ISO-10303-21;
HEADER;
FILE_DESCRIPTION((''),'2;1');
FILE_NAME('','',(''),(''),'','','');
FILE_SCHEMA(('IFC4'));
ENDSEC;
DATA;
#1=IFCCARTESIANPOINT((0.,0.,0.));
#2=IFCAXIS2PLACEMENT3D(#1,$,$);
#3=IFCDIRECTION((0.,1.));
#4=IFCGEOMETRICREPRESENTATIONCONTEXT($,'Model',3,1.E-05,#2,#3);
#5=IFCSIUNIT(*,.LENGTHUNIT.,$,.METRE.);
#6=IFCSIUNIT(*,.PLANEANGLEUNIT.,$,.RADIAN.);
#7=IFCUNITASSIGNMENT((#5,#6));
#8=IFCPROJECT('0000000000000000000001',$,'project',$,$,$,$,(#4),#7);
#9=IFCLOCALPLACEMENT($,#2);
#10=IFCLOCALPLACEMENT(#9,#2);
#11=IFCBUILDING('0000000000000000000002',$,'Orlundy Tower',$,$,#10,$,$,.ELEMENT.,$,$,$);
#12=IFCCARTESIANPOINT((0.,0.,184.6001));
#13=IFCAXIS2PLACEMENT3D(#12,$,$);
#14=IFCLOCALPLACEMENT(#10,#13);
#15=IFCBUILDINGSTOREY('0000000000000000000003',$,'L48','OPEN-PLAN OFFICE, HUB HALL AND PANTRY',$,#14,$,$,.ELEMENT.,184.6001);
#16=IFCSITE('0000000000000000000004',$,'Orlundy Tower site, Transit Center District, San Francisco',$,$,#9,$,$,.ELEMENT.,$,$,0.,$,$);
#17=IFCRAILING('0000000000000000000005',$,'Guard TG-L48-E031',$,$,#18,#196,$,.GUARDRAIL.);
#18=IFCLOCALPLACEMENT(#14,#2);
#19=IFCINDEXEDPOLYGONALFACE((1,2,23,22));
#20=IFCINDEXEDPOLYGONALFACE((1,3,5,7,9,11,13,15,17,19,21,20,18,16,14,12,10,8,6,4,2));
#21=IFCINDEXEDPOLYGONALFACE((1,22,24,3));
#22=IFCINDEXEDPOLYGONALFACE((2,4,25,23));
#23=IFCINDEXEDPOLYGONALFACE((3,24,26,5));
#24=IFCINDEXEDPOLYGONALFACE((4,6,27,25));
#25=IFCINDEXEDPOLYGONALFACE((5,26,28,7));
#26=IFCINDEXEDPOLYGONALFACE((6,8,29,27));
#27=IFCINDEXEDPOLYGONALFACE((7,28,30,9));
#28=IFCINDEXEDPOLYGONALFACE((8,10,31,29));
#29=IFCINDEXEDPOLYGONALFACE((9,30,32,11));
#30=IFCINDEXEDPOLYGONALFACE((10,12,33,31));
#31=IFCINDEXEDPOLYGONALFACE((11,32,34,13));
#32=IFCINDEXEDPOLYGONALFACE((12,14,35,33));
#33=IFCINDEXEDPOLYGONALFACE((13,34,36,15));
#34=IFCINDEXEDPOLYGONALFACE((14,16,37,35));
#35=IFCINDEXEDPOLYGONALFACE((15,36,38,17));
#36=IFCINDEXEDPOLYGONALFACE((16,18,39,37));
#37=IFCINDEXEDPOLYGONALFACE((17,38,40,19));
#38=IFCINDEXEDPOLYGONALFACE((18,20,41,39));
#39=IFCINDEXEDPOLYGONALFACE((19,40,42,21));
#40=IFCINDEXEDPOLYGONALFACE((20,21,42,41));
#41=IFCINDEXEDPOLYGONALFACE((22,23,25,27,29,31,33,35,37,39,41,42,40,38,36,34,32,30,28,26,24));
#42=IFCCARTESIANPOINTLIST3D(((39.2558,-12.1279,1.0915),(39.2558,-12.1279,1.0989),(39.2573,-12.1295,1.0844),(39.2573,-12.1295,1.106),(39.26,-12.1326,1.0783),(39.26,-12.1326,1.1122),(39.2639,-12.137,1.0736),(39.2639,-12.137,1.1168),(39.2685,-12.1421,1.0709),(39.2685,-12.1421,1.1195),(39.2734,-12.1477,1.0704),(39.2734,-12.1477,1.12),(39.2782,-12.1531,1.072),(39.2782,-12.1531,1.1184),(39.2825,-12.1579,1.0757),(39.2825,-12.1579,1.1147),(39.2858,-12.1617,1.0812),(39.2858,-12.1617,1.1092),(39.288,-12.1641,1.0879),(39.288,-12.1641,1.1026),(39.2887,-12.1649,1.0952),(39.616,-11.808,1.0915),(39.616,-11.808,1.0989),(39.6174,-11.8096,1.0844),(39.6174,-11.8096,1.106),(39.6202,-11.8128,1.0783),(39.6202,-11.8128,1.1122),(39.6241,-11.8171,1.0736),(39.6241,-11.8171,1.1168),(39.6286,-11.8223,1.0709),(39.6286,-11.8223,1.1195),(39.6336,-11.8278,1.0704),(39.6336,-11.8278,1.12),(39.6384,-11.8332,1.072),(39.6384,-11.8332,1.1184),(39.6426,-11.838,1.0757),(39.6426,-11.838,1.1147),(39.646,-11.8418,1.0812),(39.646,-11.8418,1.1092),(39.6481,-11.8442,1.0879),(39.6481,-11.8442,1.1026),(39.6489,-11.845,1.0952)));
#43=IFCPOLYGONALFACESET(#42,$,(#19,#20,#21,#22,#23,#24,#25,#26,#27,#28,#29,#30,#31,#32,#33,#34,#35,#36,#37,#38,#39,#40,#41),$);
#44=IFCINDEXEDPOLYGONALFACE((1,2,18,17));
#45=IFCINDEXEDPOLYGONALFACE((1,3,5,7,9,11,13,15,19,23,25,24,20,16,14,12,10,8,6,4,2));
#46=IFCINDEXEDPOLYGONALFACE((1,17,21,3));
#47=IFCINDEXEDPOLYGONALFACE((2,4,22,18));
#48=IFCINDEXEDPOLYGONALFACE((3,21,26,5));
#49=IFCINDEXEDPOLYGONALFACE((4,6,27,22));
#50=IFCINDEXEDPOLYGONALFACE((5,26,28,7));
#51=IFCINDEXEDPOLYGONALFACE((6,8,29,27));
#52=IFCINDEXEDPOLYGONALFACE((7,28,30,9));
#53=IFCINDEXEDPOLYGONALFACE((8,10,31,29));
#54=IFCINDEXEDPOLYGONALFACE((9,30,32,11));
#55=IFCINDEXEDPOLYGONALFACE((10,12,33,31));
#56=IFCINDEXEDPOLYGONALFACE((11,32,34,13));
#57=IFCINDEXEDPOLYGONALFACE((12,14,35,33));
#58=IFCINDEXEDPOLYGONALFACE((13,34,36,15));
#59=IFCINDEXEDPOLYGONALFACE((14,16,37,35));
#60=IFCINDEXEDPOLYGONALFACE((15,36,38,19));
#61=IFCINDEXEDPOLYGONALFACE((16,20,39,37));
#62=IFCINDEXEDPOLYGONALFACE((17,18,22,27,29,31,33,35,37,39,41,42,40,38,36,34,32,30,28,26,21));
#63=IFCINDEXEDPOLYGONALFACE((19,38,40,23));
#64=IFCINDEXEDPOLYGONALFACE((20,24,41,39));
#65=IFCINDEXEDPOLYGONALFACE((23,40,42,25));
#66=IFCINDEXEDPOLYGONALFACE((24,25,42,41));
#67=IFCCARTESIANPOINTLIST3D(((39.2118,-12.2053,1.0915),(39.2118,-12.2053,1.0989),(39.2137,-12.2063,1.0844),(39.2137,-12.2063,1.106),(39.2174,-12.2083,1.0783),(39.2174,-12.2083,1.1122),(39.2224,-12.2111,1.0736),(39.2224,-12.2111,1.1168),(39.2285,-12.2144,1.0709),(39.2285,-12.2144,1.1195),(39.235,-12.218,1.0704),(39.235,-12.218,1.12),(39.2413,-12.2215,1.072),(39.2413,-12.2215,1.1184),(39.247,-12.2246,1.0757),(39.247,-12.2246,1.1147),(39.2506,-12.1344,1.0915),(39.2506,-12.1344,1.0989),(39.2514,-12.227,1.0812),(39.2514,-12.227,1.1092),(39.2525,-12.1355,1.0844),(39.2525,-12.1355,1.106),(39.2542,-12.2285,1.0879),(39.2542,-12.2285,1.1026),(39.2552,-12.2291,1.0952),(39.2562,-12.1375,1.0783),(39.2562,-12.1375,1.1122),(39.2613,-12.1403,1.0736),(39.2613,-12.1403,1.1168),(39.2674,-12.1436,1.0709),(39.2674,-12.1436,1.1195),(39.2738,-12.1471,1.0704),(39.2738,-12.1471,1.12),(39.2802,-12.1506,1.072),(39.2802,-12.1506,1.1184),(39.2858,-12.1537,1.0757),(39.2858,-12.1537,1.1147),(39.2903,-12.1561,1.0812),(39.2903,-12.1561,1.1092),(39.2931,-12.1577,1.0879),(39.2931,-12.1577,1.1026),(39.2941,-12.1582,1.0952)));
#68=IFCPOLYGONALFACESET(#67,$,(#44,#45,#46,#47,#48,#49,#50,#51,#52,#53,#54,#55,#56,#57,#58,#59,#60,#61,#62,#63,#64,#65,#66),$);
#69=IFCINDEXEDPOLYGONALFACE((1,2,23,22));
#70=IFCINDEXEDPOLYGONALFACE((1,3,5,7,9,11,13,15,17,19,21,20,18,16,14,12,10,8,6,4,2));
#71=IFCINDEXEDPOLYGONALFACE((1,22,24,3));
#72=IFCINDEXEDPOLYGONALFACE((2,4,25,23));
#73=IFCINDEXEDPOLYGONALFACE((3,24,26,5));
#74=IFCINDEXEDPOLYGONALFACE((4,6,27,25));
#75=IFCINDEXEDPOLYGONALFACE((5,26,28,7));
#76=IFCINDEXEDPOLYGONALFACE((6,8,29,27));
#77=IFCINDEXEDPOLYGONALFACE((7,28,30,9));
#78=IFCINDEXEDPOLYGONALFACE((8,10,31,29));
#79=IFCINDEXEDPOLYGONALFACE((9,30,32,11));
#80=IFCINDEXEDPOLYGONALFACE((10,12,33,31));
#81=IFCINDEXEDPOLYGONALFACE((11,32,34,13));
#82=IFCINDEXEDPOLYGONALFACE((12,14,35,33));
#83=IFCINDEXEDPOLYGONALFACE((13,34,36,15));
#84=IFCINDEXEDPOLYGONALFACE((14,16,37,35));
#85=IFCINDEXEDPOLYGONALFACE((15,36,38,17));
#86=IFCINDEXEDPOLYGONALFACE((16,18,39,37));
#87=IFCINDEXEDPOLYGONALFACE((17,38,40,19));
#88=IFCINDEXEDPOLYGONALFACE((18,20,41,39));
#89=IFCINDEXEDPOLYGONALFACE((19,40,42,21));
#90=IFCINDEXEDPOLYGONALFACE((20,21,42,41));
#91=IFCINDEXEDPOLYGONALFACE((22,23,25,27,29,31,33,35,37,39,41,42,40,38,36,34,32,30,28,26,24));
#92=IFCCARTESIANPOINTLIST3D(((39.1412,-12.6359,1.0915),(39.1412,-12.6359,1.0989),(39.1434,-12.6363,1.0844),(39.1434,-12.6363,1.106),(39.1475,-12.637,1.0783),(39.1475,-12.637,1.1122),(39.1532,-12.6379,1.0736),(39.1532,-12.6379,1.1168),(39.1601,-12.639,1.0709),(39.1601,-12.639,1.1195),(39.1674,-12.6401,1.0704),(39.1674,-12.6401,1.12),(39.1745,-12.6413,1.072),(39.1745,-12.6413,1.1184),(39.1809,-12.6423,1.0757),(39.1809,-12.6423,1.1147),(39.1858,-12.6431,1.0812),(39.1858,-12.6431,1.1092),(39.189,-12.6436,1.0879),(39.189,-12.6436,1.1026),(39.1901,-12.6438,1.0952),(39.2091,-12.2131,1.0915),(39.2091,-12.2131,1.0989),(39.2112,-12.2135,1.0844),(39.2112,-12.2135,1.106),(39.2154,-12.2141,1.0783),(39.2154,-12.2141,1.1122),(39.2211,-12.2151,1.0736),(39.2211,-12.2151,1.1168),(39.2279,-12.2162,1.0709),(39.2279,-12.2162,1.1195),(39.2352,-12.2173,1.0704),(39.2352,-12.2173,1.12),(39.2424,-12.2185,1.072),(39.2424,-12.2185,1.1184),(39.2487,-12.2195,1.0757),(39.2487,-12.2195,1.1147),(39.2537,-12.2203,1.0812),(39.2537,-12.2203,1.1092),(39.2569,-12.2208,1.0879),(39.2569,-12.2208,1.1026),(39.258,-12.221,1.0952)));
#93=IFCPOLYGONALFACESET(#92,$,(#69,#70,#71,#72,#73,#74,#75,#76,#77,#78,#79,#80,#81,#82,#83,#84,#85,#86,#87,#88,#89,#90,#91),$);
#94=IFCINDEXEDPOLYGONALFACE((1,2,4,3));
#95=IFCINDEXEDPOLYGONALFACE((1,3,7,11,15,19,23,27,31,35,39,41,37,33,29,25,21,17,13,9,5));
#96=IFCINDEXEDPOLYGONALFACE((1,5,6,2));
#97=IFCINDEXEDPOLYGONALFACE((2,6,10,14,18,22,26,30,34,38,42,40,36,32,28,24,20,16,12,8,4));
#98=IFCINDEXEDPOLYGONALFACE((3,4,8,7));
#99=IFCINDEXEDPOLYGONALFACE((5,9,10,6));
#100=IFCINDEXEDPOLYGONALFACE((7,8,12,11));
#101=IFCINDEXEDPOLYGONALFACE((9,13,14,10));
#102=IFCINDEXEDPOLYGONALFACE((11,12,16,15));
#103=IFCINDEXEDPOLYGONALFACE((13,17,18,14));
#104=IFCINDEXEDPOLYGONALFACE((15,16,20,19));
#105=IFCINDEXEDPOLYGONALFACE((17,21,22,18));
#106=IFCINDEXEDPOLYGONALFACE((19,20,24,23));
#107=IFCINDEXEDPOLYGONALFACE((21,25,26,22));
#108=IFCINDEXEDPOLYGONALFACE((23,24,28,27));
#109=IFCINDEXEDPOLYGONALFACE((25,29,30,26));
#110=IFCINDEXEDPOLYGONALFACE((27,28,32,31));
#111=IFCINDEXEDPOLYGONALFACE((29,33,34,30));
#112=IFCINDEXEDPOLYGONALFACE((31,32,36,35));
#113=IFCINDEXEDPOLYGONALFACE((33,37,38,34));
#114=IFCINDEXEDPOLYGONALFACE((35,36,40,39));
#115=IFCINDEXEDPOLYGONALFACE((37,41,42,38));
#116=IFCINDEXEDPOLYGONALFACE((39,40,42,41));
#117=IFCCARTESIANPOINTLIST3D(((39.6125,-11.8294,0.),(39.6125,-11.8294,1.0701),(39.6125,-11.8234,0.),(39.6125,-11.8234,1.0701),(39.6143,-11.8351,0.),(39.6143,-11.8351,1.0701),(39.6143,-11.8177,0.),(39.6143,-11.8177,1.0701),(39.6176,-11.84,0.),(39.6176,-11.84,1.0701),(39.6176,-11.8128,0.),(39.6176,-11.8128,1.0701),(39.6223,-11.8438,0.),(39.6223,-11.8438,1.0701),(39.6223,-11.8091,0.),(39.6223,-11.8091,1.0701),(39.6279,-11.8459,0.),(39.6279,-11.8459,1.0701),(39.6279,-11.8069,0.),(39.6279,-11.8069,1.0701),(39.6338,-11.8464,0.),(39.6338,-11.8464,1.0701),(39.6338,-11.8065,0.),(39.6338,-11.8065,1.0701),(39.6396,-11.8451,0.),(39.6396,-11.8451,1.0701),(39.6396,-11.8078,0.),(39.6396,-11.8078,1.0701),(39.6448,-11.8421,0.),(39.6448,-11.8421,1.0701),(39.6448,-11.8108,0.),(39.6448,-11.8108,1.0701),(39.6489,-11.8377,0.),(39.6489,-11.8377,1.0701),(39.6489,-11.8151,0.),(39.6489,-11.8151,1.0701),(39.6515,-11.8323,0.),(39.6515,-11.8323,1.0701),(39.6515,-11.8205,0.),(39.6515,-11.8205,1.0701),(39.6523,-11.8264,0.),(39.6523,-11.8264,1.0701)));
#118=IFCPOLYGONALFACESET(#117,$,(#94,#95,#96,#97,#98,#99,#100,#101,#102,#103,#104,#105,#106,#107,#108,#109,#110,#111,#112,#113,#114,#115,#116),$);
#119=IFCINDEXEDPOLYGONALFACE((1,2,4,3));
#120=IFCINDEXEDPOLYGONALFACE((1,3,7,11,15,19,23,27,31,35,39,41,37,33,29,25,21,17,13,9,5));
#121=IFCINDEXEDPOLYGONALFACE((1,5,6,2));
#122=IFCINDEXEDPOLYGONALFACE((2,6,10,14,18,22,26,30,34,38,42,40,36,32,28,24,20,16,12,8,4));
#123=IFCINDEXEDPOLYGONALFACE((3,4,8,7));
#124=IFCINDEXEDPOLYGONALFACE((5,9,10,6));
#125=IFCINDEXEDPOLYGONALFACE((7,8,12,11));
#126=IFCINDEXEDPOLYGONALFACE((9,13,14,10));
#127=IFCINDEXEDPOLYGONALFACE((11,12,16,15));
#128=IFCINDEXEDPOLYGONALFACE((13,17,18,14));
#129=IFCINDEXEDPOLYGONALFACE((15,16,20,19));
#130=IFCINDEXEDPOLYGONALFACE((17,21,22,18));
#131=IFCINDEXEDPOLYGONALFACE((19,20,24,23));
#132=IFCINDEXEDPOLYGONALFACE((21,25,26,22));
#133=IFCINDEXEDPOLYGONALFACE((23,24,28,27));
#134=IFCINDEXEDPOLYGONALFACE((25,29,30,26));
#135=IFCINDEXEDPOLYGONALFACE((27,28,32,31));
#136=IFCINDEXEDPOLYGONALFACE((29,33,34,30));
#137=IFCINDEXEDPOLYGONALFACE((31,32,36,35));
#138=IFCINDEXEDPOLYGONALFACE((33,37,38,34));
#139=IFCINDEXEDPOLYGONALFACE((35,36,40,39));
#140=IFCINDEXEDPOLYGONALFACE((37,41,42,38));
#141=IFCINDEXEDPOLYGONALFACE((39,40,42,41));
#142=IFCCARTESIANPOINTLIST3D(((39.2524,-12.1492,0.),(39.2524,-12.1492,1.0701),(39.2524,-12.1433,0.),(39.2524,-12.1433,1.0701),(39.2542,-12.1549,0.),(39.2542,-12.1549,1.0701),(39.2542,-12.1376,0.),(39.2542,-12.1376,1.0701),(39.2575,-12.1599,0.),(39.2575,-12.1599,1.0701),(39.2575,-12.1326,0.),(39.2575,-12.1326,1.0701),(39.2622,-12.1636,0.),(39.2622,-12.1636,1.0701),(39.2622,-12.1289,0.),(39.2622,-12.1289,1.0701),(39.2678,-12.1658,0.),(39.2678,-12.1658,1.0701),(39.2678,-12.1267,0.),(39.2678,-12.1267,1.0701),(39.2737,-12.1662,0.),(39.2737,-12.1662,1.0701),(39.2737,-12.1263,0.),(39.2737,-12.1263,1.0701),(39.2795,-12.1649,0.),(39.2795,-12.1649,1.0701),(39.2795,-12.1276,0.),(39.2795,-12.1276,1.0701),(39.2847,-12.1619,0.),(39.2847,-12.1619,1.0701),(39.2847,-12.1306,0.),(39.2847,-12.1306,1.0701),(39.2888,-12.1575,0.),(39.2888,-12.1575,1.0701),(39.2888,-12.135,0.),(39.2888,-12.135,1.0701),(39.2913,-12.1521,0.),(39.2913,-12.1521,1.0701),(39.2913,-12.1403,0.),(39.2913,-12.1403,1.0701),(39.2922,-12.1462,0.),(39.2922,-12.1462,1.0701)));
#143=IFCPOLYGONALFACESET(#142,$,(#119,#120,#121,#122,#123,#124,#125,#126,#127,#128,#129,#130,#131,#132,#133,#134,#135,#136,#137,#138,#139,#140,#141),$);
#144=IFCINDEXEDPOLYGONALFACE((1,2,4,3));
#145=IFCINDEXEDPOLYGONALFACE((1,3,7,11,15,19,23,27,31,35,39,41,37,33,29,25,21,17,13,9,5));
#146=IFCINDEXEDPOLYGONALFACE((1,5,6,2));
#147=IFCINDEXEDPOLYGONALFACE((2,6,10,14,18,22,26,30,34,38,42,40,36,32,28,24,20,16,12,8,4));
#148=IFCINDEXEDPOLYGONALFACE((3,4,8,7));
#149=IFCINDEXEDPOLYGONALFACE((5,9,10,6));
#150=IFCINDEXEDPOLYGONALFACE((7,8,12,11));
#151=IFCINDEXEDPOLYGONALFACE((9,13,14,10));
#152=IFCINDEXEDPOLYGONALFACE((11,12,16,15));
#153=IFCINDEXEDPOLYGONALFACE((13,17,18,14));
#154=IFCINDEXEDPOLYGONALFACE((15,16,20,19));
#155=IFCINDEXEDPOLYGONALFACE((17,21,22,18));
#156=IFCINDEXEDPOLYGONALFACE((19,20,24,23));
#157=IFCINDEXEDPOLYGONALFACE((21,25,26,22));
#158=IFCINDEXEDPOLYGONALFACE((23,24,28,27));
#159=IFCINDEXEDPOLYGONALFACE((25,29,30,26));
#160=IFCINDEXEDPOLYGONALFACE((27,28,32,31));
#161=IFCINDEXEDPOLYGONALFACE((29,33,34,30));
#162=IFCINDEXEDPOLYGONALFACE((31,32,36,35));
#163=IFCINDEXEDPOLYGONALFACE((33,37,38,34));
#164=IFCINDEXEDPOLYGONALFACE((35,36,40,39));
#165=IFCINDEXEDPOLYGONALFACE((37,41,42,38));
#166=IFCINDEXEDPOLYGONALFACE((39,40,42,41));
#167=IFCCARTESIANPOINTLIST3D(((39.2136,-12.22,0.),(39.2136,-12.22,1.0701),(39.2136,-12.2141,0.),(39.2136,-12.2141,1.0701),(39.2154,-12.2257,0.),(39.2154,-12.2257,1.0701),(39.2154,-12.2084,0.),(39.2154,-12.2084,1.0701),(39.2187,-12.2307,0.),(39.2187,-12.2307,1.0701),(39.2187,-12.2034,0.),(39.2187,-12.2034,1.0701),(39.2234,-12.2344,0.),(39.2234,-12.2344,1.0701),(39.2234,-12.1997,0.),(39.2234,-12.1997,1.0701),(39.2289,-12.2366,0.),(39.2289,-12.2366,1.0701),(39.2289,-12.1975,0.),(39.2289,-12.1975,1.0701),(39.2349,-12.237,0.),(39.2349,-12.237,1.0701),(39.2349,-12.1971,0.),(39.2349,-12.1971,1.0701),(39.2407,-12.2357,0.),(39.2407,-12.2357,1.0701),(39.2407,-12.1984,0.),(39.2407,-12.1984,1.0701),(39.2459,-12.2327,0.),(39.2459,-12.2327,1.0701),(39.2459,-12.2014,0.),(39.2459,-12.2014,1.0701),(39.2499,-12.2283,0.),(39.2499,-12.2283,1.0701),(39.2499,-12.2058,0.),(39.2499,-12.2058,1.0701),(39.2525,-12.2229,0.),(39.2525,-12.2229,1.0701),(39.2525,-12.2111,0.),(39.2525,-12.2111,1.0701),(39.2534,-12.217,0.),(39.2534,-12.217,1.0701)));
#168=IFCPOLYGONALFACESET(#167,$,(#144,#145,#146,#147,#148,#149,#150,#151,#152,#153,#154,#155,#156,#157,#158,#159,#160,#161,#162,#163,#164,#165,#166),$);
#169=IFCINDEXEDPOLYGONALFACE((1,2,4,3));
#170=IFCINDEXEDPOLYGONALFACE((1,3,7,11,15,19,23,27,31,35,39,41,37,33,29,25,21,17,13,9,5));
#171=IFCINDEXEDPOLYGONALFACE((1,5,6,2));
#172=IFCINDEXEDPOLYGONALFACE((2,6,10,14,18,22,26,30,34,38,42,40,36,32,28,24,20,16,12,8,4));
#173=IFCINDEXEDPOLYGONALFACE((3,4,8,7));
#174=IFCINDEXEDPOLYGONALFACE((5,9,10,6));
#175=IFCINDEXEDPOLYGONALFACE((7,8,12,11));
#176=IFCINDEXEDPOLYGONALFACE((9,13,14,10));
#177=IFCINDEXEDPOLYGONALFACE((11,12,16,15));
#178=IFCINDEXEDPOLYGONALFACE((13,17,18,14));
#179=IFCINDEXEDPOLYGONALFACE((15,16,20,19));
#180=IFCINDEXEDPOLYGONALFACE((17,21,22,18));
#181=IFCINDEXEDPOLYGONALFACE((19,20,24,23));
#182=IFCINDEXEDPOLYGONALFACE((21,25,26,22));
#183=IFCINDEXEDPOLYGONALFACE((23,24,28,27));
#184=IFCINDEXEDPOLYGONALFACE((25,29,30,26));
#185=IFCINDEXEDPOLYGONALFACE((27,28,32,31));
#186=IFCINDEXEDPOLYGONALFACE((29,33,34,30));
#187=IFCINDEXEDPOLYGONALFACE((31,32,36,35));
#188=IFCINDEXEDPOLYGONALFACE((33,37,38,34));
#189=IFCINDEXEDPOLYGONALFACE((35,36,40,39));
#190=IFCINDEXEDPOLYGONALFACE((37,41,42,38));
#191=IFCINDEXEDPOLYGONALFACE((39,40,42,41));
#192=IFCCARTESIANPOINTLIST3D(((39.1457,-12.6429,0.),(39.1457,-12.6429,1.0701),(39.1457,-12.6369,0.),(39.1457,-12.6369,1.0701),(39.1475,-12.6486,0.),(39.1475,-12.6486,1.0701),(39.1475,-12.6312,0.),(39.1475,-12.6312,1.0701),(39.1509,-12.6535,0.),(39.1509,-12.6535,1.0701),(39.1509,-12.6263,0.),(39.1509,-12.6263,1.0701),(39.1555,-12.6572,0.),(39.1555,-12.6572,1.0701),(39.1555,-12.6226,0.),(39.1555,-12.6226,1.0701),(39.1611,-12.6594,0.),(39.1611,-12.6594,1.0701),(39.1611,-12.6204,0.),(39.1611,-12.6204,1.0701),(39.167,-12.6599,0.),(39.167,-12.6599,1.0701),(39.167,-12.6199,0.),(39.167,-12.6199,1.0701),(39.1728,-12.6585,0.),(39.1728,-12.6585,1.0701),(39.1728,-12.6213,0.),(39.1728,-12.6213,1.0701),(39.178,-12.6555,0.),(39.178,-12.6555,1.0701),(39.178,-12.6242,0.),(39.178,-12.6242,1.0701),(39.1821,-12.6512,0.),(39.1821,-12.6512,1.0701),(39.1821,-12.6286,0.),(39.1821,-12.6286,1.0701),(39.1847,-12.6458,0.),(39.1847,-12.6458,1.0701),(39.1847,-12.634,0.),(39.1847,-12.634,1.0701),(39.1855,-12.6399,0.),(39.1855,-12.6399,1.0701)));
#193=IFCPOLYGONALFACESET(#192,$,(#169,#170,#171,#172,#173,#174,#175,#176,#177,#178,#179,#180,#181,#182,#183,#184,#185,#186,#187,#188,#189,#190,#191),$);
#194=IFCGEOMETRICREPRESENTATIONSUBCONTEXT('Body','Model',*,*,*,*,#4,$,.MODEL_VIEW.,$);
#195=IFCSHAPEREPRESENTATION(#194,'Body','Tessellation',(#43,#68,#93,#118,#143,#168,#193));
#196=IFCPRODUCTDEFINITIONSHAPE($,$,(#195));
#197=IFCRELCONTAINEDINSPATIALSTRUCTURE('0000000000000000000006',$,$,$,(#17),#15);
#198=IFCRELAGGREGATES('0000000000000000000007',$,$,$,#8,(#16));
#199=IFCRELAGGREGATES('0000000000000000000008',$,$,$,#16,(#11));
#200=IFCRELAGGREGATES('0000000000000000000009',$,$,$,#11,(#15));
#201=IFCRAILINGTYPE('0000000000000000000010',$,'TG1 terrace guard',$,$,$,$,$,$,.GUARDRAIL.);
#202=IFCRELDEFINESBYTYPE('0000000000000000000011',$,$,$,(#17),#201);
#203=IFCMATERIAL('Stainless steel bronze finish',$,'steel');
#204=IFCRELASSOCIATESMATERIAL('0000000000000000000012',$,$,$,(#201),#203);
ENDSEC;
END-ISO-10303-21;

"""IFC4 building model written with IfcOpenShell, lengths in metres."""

from ifc_helpers import new_model, si_unit, direction, frame, origin, origin_2d, place, context, subcontext, project, spatial, circle, extrude, material, type_object, element, save


model = new_model("IFC4")

# Units and contexts
model_context = context("Model", 3, precision=1e-05, world=origin(), true_north=direction((0.0, 1.0)))
body_context = subcontext(model_context, "Body", "Model", "MODEL_VIEW")
ifc_project = project(units=[si_unit("LENGTHUNIT", "METRE"), si_unit("PLANEANGLEUNIT", "RADIAN")], contexts=[model_context])

# Site, building, storey
site_placement = place(None, origin())
site = spatial("IfcSite", under=ifc_project, at=site_placement, Name="Orlundy Tower site, Transit Center District, San Francisco", CompositionType="ELEMENT", RefElevation=0.0)
building_placement = place(site_placement, origin())
building = spatial("IfcBuilding", under=site, at=building_placement, Name="Orlundy Tower", CompositionType="ELEMENT")
storey_placement = place(building_placement, frame((0.0, 0.0, 184.6001)))
storey = spatial("IfcBuildingStorey", under=building, at=storey_placement, Name="L48", Description="OPEN-PLAN OFFICE, HUB HALL AND PANTRY", CompositionType="ELEMENT", Elevation=184.6001)

# Railing
ifc_material_1 = material(Name="Stainless steel bronze finish", Category="steel")
railing_type = type_object("IfcRailingType", Name="TG1 terrace guard", PredefinedType="GUARDRAIL", material=ifc_material_1)
railing_1_placement = place(storey_placement, frame((39.6323, -11.8264, 0.0)))
element("IfcRailing", 1, at=railing_1_placement, inside=storey, type_object=railing_type, Name="Guard TG-L48-E031", PredefinedType="GUARDRAIL", context=body_context, shape_type="SweptSolid", body=[
    extrude(circle(Radius=0.0249, at=origin_2d()), frame((0.0, 0.0, 1.0952), z_axis=(-0.747689, -0.664049, 0.0), x_axis=(0.664049, -0.747689, 0.0)), (0.0, 0.0, 1.0), 0.4817),
    extrude(circle(Radius=0.0249, at=origin_2d()), frame((-0.3601, -0.3198, 1.0952), z_axis=(-0.480758, -0.876854, 0.0), x_axis=(0.876854, -0.480758, 0.0)), (0.0, 0.0, 1.0), 0.0808),
    extrude(circle(Radius=0.0249, at=origin_2d()), frame((-0.3989, -0.3906, 1.0952), z_axis=(-0.15848, -0.987362, 0.0), x_axis=(0.987362, -0.15848, 0.0)), (0.0, 0.0, 1.0), 0.4282),
    extrude(circle(Radius=0.02, at=origin_2d()), origin(), (0.0, 0.0, 1.0), 1.0701),
    extrude(circle(Radius=0.02, at=origin_2d()), frame((-0.3601, -0.3198, 0.0)), (0.0, 0.0, 1.0), 1.0701),
    extrude(circle(Radius=0.02, at=origin_2d()), frame((-0.3989, -0.3906, 0.0)), (0.0, 0.0, 1.0), 1.0701),
    extrude(circle(Radius=0.02, at=origin_2d()), frame((-0.4668, -0.8135, 0.0)), (0.0, 0.0, 1.0), 1.0701),
])

save(model, "model.ifc")
